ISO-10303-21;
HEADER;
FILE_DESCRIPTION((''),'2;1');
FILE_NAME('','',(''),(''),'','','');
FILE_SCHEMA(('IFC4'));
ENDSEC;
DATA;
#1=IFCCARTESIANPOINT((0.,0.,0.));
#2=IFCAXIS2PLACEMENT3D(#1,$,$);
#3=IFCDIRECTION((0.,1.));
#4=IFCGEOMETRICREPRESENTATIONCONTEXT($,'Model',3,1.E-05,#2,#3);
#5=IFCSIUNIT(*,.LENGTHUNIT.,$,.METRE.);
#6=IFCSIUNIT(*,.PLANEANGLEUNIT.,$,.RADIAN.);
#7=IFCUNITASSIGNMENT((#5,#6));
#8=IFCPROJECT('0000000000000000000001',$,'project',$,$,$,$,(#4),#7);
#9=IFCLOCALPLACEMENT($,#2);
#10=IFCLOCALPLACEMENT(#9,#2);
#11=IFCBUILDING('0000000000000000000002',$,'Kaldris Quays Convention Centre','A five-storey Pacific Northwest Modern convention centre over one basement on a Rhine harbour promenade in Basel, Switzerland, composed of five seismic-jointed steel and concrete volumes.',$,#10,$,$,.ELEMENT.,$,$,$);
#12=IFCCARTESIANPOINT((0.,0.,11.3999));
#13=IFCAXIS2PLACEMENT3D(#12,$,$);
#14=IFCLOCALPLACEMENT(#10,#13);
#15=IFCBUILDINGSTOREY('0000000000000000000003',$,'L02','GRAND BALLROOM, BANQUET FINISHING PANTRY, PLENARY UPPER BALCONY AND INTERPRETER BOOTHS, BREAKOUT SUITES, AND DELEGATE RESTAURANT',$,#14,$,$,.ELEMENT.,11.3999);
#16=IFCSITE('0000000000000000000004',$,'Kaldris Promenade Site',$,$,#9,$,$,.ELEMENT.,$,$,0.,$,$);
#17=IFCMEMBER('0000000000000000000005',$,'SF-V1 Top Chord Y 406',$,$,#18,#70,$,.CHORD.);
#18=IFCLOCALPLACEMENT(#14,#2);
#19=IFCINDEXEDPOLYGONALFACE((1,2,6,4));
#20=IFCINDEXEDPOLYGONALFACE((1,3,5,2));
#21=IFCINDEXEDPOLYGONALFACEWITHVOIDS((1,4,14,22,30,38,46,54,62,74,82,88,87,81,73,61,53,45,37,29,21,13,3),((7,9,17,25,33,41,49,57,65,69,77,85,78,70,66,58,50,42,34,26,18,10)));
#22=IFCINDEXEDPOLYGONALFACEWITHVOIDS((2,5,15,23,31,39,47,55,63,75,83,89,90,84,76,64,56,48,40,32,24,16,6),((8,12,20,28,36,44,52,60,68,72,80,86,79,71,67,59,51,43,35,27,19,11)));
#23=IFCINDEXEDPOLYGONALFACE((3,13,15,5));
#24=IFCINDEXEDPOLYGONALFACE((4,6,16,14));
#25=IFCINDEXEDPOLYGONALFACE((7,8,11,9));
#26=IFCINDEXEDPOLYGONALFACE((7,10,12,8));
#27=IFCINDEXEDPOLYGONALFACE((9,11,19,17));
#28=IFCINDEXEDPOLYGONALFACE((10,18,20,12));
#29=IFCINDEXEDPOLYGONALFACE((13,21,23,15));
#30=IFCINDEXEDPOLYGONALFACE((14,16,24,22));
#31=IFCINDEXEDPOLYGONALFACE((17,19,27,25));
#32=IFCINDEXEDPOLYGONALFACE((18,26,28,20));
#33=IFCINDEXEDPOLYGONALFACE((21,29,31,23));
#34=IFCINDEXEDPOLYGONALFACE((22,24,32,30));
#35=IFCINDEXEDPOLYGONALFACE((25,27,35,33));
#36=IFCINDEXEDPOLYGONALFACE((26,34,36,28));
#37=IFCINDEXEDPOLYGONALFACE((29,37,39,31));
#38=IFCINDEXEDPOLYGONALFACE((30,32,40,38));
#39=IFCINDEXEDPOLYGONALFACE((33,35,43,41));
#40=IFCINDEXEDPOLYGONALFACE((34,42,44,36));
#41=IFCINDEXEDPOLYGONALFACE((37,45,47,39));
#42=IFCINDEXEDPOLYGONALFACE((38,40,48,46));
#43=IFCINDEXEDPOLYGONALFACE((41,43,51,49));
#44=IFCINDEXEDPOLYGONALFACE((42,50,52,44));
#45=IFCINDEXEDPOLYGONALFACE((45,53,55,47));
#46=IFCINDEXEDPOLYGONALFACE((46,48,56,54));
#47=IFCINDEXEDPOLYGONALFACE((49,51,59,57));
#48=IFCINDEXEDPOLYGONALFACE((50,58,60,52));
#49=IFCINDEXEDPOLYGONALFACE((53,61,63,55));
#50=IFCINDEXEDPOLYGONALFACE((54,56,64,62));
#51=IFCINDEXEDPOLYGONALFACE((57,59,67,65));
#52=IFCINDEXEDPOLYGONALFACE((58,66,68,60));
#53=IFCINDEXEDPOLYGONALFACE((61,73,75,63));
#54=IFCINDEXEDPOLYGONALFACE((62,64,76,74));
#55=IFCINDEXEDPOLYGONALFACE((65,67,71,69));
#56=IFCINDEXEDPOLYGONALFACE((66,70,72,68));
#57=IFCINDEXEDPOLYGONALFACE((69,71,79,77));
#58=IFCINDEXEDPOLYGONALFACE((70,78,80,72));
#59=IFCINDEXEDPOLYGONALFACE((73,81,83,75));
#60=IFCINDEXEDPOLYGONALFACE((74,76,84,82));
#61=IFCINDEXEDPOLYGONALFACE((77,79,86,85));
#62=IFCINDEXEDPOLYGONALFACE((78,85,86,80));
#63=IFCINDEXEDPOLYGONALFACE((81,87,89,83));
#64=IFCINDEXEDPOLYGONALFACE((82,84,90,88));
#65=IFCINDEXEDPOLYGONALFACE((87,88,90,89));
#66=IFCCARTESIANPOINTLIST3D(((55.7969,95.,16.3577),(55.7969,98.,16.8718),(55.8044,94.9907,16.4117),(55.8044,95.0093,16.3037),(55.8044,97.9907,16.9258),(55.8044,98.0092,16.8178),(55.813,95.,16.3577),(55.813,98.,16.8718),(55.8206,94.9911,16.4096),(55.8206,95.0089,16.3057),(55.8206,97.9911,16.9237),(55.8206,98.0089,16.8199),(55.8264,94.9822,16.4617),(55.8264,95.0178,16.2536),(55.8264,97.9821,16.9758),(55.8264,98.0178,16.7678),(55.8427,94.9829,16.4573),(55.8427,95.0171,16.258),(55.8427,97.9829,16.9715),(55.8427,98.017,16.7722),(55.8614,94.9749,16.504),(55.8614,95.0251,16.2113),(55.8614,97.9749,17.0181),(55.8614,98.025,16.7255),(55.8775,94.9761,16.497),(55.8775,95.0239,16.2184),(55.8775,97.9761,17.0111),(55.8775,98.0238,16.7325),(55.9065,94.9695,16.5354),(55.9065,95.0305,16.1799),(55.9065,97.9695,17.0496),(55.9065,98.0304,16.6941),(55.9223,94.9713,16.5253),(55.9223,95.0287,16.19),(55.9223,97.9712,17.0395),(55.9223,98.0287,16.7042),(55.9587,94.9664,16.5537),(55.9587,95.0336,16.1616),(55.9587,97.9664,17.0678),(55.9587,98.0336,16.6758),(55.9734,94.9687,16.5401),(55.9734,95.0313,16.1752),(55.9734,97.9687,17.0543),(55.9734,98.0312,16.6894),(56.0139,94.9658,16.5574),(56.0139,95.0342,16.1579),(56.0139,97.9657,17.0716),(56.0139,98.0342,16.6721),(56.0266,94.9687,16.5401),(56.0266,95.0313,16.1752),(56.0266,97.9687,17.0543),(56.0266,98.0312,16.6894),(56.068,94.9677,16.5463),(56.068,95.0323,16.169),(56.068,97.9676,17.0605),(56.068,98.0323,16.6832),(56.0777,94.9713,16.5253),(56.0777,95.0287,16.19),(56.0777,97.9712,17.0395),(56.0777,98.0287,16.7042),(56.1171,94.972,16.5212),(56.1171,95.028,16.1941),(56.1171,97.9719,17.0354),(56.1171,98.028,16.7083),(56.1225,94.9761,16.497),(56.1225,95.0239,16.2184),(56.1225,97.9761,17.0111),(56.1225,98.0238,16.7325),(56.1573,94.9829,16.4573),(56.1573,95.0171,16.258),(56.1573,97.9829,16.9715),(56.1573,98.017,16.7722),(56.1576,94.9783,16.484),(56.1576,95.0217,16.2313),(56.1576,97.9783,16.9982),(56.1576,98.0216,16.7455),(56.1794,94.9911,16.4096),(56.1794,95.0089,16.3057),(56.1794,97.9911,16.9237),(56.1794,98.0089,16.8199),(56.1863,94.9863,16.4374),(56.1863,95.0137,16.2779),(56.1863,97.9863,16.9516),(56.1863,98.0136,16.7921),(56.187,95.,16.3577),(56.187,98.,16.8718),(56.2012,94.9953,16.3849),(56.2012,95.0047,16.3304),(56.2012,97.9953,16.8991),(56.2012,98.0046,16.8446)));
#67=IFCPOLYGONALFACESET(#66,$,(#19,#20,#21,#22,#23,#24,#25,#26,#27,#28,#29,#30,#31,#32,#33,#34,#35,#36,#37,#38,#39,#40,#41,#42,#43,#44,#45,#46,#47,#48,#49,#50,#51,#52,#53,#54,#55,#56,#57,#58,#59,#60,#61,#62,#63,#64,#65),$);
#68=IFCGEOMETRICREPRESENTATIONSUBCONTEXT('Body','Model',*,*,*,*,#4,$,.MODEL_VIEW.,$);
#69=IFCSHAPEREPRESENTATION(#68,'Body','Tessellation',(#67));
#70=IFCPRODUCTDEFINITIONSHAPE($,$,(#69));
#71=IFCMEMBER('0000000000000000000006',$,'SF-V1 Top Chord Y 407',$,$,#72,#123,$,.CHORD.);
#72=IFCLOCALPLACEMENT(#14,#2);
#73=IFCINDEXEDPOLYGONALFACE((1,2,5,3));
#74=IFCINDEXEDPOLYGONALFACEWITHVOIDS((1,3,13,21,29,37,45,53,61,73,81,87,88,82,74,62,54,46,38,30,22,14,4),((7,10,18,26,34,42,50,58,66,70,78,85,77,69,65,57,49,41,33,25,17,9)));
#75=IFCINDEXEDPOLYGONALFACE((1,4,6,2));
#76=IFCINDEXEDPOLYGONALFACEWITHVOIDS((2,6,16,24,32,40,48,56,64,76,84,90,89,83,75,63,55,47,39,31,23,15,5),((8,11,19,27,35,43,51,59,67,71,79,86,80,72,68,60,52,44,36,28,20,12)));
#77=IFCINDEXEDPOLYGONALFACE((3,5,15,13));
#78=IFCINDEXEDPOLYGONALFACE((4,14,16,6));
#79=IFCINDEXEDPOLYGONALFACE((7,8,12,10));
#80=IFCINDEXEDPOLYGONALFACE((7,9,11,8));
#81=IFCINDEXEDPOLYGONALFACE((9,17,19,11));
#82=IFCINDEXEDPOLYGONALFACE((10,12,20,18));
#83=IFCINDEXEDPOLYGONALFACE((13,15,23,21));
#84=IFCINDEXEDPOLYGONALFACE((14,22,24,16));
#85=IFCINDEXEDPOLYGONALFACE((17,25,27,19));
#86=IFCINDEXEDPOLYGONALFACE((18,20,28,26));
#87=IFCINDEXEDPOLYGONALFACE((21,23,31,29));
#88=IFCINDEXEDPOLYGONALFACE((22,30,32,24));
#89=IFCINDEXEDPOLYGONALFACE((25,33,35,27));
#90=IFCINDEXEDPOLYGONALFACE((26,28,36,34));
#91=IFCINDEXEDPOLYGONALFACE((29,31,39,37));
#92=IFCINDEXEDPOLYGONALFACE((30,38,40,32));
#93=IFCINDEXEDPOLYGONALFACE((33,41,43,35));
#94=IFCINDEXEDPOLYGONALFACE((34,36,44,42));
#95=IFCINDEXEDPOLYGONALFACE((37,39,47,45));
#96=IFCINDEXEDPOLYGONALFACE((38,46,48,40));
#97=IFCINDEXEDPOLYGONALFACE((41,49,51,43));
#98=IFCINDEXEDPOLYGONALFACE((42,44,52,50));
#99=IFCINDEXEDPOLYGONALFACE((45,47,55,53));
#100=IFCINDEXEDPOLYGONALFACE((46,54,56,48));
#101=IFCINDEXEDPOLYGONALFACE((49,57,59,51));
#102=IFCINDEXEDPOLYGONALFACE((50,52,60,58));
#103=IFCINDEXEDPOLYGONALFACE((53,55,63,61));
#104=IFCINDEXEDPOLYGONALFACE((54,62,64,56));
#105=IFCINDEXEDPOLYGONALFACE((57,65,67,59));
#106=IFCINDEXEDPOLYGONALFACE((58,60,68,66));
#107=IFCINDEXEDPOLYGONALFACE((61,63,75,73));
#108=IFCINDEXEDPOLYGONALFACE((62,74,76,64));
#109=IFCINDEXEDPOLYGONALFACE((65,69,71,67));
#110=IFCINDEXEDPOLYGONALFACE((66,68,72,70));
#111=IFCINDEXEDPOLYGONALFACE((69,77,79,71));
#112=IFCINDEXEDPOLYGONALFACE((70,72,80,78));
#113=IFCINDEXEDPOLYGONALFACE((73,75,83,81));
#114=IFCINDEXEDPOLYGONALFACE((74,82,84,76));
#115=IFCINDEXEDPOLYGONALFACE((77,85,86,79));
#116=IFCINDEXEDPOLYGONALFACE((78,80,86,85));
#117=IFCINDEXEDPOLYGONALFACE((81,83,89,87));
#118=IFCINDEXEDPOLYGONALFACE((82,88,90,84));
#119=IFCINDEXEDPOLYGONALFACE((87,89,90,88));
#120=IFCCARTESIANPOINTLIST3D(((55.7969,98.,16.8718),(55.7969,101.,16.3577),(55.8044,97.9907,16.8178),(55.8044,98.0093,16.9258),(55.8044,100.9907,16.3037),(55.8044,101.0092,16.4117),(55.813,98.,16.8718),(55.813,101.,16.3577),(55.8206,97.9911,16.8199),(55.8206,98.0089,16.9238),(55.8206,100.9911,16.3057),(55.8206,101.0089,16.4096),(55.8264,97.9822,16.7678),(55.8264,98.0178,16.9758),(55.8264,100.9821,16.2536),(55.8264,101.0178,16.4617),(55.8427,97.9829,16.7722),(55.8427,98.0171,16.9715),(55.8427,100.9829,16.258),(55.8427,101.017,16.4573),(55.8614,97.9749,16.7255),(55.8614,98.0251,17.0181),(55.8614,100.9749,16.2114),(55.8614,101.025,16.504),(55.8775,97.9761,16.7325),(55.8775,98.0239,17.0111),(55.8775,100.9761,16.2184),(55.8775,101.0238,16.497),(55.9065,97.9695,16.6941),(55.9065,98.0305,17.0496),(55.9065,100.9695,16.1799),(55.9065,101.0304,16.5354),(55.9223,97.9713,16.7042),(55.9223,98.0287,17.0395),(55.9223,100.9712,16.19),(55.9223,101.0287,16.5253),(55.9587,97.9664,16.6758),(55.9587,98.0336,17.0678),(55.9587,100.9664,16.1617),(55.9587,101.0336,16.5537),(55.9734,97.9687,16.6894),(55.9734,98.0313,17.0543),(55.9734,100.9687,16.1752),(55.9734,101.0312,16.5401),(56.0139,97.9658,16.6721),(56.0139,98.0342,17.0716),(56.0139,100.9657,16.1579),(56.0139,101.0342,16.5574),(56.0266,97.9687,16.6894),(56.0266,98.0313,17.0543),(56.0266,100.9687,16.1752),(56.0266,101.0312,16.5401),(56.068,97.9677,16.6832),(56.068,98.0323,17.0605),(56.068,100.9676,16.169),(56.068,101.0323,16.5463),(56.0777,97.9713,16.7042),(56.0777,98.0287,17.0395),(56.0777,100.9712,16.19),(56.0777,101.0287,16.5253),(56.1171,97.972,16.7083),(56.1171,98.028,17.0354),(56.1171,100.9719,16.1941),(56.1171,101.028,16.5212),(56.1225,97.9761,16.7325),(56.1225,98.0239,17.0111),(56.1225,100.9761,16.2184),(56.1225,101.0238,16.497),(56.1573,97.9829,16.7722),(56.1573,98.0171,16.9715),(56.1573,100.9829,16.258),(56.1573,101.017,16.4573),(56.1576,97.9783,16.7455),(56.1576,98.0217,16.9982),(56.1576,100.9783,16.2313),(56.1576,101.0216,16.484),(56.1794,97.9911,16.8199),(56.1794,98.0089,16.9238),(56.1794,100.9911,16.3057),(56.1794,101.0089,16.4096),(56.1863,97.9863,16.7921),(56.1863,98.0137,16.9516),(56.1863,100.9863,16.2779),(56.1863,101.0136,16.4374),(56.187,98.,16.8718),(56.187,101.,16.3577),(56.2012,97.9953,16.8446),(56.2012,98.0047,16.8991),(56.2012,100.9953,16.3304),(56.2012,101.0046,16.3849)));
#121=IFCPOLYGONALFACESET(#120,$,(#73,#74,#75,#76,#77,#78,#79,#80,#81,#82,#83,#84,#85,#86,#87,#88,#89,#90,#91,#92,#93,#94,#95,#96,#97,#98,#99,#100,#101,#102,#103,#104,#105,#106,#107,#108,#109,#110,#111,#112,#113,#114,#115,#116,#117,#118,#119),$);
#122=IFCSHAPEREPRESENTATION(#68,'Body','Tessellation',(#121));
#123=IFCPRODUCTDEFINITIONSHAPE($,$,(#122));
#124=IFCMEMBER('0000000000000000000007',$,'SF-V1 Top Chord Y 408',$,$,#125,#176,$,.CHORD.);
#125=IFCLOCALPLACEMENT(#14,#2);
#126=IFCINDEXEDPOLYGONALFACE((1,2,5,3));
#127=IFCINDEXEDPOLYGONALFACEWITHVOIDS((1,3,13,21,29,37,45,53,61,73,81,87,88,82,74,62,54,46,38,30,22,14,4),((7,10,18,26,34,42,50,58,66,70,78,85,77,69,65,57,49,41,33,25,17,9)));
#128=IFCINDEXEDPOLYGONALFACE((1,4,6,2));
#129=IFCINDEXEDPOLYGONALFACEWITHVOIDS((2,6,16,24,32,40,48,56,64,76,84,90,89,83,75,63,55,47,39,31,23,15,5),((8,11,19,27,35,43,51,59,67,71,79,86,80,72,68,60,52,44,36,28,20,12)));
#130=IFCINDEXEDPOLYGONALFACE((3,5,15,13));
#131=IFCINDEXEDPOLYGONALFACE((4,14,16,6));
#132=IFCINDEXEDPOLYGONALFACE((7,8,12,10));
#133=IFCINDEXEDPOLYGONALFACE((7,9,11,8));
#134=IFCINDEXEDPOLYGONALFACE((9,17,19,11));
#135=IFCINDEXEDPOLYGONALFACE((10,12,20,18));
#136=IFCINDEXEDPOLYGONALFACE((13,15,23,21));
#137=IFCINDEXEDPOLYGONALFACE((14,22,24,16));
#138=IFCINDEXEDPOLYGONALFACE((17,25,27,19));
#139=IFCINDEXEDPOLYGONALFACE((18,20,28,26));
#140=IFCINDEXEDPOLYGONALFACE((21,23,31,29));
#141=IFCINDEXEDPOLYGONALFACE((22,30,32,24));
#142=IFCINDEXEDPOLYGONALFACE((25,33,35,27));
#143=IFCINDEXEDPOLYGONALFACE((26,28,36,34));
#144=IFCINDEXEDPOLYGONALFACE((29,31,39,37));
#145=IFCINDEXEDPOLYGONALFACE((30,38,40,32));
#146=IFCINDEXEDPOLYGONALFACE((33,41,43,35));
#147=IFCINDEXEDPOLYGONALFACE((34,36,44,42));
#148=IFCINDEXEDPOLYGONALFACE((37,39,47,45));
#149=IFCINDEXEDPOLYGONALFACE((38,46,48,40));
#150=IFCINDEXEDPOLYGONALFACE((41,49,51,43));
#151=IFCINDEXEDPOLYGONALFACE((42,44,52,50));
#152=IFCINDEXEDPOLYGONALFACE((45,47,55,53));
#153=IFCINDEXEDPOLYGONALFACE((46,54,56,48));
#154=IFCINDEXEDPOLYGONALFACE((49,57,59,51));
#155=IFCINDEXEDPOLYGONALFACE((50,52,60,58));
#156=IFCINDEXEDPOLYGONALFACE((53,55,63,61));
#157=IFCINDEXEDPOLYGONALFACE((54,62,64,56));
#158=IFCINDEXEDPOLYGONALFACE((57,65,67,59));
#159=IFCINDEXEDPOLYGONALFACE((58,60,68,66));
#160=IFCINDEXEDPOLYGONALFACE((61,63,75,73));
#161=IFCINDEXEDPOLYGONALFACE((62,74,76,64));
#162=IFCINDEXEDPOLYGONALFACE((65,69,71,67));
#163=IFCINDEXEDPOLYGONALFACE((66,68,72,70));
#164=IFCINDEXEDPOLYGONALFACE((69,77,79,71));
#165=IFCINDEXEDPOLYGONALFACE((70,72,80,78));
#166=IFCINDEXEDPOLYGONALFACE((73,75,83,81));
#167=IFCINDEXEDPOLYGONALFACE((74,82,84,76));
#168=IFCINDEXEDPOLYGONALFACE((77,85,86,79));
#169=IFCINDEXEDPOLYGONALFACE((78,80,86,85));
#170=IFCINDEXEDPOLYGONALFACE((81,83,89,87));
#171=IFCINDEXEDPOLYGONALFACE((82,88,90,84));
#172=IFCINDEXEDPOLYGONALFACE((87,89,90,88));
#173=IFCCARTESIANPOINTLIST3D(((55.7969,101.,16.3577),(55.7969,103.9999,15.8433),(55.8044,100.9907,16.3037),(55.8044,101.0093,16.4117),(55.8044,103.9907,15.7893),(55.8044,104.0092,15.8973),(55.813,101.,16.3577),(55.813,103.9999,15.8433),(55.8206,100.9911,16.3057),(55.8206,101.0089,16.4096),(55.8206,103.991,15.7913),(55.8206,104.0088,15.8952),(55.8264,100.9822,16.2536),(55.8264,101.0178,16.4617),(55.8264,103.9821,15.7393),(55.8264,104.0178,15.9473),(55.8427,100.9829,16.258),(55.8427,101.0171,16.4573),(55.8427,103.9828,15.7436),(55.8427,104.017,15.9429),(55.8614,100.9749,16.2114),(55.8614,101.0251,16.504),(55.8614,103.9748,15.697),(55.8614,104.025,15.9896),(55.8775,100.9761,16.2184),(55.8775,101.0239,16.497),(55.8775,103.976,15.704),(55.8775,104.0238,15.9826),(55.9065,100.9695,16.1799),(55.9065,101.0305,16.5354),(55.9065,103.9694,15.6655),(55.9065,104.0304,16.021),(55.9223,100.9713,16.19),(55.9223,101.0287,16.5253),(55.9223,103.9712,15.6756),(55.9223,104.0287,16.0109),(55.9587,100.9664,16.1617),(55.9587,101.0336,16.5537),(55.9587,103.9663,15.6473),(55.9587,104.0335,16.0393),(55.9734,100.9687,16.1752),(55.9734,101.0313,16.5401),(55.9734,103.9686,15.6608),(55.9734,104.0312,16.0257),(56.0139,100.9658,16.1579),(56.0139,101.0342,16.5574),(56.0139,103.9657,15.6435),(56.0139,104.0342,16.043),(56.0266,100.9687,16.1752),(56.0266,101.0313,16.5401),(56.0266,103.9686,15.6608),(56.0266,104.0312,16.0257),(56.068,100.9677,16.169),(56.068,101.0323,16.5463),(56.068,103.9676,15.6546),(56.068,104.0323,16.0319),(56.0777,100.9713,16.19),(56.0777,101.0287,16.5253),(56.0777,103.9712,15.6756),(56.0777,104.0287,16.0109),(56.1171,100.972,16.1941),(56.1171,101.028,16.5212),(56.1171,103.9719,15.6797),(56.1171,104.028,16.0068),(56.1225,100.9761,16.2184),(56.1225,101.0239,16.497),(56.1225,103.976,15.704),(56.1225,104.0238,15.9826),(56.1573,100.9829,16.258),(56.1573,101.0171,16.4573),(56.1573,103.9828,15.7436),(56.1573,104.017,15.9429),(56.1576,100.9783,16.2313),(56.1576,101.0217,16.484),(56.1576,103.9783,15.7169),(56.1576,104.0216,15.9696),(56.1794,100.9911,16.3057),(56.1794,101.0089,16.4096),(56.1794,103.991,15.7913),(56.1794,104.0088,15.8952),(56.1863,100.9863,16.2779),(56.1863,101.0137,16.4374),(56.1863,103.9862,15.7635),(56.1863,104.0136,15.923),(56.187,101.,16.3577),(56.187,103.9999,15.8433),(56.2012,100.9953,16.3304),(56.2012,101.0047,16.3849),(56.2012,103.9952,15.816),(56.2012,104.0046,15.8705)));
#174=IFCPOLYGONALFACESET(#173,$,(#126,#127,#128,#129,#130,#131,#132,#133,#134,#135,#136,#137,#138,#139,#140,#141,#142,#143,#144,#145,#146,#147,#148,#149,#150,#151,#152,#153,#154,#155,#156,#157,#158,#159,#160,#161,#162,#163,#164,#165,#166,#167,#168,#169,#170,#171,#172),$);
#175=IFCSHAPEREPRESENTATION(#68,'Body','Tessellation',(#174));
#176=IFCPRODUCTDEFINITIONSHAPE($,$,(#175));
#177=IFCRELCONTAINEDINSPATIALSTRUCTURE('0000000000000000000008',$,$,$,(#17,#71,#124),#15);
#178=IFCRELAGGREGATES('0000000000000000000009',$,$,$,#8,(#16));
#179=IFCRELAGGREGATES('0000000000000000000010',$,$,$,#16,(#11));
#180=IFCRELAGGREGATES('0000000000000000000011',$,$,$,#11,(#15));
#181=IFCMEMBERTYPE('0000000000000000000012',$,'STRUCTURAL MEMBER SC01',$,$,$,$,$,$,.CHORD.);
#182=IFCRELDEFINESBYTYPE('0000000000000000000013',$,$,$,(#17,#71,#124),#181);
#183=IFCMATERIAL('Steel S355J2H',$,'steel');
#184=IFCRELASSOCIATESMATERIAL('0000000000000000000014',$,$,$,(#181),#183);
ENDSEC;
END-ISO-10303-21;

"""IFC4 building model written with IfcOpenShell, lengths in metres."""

from ifc_helpers import new_model, si_unit, direction, frame, origin, origin_2d, place, context, subcontext, project, spatial, hollow_circle, extrude, material, material_profile, profile_set, type_object, element, save


model = new_model("IFC4")

# Units and contexts
model_context = context("Model", 3, precision=1e-05, world=origin(), true_north=direction((0.0, 1.0)))
body_context = subcontext(model_context, "Body", "Model", "MODEL_VIEW")
ifc_project = project(units=[si_unit("LENGTHUNIT", "METRE"), si_unit("PLANEANGLEUNIT", "RADIAN")], contexts=[model_context])

# Site, building, storey
site_placement = place(None, origin())
site = spatial("IfcSite", under=ifc_project, at=site_placement, Name="Kaldris Promenade Site", CompositionType="ELEMENT", RefElevation=0.0)
building_placement = place(site_placement, origin())
building = spatial("IfcBuilding", under=site, at=building_placement, Name="Kaldris Quays Convention Centre", Description="A five-storey Pacific Northwest Modern convention centre over one basement on a Rhine harbour promenade in Basel, Switzerland, composed of five seismic-jointed steel and concrete volumes.", CompositionType="ELEMENT")
storey_placement = place(building_placement, frame((0.0, 0.0, 11.3999)))
storey = spatial("IfcBuildingStorey", under=building, at=storey_placement, Name="L02", Description="GRAND BALLROOM, BANQUET FINISHING PANTRY, PLENARY UPPER BALCONY AND INTERPRETER BOOTHS, BREAKOUT SUITES, AND DELEGATE RESTAURANT", CompositionType="ELEMENT", Elevation=11.3999)

# Members
ifc_material_1 = material(Name="Steel S355J2H", Category="steel")
ifc_material_profile_1 = material_profile(ifc_material_1, hollow_circle(Radius=0.2031, WallThickness=0.0161, at=origin_2d()), Name="CHS 406.4x16")
ifc_profile_set_1 = profile_set([ifc_material_profile_1], Name="Steel S355J2H")
member_type_1 = type_object("IfcMemberType", Name="STRUCTURAL MEMBER SC01", PredefinedType="CHORD", material=ifc_profile_set_1)
for number, where, z_axis, x_axis, name in (
    (1, (56.0, 95.0, 16.3577), (0.0, 0.985629, 0.168924), (-1.0, 0.0, 0.0), "SF-V1 Top Chord Y 406"),
    (2, (56.0, 98.0, 16.8718), (0.0, 0.985629, -0.168924), (-1.0, 0.0, 0.0), "SF-V1 Top Chord Y 407"),
    (3, (56.0, 101.0, 16.3577), (0.0, 0.985616, -0.169002), (-1.0, 0.0, 0.0), "SF-V1 Top Chord Y 408"),
):
    element("IfcMember", number, at=place(storey_placement, frame(where, z_axis=z_axis, x_axis=x_axis)), inside=storey, type_object=member_type_1, Name=name, PredefinedType="CHORD", context=body_context, shape_type="SweptSolid", body=[
        extrude(hollow_circle(Radius=0.2031, WallThickness=0.0161, at=origin_2d()), origin(), (0.0, 0.0, 1.0), 3.0437),
    ])

save(model, "model.ifc")
